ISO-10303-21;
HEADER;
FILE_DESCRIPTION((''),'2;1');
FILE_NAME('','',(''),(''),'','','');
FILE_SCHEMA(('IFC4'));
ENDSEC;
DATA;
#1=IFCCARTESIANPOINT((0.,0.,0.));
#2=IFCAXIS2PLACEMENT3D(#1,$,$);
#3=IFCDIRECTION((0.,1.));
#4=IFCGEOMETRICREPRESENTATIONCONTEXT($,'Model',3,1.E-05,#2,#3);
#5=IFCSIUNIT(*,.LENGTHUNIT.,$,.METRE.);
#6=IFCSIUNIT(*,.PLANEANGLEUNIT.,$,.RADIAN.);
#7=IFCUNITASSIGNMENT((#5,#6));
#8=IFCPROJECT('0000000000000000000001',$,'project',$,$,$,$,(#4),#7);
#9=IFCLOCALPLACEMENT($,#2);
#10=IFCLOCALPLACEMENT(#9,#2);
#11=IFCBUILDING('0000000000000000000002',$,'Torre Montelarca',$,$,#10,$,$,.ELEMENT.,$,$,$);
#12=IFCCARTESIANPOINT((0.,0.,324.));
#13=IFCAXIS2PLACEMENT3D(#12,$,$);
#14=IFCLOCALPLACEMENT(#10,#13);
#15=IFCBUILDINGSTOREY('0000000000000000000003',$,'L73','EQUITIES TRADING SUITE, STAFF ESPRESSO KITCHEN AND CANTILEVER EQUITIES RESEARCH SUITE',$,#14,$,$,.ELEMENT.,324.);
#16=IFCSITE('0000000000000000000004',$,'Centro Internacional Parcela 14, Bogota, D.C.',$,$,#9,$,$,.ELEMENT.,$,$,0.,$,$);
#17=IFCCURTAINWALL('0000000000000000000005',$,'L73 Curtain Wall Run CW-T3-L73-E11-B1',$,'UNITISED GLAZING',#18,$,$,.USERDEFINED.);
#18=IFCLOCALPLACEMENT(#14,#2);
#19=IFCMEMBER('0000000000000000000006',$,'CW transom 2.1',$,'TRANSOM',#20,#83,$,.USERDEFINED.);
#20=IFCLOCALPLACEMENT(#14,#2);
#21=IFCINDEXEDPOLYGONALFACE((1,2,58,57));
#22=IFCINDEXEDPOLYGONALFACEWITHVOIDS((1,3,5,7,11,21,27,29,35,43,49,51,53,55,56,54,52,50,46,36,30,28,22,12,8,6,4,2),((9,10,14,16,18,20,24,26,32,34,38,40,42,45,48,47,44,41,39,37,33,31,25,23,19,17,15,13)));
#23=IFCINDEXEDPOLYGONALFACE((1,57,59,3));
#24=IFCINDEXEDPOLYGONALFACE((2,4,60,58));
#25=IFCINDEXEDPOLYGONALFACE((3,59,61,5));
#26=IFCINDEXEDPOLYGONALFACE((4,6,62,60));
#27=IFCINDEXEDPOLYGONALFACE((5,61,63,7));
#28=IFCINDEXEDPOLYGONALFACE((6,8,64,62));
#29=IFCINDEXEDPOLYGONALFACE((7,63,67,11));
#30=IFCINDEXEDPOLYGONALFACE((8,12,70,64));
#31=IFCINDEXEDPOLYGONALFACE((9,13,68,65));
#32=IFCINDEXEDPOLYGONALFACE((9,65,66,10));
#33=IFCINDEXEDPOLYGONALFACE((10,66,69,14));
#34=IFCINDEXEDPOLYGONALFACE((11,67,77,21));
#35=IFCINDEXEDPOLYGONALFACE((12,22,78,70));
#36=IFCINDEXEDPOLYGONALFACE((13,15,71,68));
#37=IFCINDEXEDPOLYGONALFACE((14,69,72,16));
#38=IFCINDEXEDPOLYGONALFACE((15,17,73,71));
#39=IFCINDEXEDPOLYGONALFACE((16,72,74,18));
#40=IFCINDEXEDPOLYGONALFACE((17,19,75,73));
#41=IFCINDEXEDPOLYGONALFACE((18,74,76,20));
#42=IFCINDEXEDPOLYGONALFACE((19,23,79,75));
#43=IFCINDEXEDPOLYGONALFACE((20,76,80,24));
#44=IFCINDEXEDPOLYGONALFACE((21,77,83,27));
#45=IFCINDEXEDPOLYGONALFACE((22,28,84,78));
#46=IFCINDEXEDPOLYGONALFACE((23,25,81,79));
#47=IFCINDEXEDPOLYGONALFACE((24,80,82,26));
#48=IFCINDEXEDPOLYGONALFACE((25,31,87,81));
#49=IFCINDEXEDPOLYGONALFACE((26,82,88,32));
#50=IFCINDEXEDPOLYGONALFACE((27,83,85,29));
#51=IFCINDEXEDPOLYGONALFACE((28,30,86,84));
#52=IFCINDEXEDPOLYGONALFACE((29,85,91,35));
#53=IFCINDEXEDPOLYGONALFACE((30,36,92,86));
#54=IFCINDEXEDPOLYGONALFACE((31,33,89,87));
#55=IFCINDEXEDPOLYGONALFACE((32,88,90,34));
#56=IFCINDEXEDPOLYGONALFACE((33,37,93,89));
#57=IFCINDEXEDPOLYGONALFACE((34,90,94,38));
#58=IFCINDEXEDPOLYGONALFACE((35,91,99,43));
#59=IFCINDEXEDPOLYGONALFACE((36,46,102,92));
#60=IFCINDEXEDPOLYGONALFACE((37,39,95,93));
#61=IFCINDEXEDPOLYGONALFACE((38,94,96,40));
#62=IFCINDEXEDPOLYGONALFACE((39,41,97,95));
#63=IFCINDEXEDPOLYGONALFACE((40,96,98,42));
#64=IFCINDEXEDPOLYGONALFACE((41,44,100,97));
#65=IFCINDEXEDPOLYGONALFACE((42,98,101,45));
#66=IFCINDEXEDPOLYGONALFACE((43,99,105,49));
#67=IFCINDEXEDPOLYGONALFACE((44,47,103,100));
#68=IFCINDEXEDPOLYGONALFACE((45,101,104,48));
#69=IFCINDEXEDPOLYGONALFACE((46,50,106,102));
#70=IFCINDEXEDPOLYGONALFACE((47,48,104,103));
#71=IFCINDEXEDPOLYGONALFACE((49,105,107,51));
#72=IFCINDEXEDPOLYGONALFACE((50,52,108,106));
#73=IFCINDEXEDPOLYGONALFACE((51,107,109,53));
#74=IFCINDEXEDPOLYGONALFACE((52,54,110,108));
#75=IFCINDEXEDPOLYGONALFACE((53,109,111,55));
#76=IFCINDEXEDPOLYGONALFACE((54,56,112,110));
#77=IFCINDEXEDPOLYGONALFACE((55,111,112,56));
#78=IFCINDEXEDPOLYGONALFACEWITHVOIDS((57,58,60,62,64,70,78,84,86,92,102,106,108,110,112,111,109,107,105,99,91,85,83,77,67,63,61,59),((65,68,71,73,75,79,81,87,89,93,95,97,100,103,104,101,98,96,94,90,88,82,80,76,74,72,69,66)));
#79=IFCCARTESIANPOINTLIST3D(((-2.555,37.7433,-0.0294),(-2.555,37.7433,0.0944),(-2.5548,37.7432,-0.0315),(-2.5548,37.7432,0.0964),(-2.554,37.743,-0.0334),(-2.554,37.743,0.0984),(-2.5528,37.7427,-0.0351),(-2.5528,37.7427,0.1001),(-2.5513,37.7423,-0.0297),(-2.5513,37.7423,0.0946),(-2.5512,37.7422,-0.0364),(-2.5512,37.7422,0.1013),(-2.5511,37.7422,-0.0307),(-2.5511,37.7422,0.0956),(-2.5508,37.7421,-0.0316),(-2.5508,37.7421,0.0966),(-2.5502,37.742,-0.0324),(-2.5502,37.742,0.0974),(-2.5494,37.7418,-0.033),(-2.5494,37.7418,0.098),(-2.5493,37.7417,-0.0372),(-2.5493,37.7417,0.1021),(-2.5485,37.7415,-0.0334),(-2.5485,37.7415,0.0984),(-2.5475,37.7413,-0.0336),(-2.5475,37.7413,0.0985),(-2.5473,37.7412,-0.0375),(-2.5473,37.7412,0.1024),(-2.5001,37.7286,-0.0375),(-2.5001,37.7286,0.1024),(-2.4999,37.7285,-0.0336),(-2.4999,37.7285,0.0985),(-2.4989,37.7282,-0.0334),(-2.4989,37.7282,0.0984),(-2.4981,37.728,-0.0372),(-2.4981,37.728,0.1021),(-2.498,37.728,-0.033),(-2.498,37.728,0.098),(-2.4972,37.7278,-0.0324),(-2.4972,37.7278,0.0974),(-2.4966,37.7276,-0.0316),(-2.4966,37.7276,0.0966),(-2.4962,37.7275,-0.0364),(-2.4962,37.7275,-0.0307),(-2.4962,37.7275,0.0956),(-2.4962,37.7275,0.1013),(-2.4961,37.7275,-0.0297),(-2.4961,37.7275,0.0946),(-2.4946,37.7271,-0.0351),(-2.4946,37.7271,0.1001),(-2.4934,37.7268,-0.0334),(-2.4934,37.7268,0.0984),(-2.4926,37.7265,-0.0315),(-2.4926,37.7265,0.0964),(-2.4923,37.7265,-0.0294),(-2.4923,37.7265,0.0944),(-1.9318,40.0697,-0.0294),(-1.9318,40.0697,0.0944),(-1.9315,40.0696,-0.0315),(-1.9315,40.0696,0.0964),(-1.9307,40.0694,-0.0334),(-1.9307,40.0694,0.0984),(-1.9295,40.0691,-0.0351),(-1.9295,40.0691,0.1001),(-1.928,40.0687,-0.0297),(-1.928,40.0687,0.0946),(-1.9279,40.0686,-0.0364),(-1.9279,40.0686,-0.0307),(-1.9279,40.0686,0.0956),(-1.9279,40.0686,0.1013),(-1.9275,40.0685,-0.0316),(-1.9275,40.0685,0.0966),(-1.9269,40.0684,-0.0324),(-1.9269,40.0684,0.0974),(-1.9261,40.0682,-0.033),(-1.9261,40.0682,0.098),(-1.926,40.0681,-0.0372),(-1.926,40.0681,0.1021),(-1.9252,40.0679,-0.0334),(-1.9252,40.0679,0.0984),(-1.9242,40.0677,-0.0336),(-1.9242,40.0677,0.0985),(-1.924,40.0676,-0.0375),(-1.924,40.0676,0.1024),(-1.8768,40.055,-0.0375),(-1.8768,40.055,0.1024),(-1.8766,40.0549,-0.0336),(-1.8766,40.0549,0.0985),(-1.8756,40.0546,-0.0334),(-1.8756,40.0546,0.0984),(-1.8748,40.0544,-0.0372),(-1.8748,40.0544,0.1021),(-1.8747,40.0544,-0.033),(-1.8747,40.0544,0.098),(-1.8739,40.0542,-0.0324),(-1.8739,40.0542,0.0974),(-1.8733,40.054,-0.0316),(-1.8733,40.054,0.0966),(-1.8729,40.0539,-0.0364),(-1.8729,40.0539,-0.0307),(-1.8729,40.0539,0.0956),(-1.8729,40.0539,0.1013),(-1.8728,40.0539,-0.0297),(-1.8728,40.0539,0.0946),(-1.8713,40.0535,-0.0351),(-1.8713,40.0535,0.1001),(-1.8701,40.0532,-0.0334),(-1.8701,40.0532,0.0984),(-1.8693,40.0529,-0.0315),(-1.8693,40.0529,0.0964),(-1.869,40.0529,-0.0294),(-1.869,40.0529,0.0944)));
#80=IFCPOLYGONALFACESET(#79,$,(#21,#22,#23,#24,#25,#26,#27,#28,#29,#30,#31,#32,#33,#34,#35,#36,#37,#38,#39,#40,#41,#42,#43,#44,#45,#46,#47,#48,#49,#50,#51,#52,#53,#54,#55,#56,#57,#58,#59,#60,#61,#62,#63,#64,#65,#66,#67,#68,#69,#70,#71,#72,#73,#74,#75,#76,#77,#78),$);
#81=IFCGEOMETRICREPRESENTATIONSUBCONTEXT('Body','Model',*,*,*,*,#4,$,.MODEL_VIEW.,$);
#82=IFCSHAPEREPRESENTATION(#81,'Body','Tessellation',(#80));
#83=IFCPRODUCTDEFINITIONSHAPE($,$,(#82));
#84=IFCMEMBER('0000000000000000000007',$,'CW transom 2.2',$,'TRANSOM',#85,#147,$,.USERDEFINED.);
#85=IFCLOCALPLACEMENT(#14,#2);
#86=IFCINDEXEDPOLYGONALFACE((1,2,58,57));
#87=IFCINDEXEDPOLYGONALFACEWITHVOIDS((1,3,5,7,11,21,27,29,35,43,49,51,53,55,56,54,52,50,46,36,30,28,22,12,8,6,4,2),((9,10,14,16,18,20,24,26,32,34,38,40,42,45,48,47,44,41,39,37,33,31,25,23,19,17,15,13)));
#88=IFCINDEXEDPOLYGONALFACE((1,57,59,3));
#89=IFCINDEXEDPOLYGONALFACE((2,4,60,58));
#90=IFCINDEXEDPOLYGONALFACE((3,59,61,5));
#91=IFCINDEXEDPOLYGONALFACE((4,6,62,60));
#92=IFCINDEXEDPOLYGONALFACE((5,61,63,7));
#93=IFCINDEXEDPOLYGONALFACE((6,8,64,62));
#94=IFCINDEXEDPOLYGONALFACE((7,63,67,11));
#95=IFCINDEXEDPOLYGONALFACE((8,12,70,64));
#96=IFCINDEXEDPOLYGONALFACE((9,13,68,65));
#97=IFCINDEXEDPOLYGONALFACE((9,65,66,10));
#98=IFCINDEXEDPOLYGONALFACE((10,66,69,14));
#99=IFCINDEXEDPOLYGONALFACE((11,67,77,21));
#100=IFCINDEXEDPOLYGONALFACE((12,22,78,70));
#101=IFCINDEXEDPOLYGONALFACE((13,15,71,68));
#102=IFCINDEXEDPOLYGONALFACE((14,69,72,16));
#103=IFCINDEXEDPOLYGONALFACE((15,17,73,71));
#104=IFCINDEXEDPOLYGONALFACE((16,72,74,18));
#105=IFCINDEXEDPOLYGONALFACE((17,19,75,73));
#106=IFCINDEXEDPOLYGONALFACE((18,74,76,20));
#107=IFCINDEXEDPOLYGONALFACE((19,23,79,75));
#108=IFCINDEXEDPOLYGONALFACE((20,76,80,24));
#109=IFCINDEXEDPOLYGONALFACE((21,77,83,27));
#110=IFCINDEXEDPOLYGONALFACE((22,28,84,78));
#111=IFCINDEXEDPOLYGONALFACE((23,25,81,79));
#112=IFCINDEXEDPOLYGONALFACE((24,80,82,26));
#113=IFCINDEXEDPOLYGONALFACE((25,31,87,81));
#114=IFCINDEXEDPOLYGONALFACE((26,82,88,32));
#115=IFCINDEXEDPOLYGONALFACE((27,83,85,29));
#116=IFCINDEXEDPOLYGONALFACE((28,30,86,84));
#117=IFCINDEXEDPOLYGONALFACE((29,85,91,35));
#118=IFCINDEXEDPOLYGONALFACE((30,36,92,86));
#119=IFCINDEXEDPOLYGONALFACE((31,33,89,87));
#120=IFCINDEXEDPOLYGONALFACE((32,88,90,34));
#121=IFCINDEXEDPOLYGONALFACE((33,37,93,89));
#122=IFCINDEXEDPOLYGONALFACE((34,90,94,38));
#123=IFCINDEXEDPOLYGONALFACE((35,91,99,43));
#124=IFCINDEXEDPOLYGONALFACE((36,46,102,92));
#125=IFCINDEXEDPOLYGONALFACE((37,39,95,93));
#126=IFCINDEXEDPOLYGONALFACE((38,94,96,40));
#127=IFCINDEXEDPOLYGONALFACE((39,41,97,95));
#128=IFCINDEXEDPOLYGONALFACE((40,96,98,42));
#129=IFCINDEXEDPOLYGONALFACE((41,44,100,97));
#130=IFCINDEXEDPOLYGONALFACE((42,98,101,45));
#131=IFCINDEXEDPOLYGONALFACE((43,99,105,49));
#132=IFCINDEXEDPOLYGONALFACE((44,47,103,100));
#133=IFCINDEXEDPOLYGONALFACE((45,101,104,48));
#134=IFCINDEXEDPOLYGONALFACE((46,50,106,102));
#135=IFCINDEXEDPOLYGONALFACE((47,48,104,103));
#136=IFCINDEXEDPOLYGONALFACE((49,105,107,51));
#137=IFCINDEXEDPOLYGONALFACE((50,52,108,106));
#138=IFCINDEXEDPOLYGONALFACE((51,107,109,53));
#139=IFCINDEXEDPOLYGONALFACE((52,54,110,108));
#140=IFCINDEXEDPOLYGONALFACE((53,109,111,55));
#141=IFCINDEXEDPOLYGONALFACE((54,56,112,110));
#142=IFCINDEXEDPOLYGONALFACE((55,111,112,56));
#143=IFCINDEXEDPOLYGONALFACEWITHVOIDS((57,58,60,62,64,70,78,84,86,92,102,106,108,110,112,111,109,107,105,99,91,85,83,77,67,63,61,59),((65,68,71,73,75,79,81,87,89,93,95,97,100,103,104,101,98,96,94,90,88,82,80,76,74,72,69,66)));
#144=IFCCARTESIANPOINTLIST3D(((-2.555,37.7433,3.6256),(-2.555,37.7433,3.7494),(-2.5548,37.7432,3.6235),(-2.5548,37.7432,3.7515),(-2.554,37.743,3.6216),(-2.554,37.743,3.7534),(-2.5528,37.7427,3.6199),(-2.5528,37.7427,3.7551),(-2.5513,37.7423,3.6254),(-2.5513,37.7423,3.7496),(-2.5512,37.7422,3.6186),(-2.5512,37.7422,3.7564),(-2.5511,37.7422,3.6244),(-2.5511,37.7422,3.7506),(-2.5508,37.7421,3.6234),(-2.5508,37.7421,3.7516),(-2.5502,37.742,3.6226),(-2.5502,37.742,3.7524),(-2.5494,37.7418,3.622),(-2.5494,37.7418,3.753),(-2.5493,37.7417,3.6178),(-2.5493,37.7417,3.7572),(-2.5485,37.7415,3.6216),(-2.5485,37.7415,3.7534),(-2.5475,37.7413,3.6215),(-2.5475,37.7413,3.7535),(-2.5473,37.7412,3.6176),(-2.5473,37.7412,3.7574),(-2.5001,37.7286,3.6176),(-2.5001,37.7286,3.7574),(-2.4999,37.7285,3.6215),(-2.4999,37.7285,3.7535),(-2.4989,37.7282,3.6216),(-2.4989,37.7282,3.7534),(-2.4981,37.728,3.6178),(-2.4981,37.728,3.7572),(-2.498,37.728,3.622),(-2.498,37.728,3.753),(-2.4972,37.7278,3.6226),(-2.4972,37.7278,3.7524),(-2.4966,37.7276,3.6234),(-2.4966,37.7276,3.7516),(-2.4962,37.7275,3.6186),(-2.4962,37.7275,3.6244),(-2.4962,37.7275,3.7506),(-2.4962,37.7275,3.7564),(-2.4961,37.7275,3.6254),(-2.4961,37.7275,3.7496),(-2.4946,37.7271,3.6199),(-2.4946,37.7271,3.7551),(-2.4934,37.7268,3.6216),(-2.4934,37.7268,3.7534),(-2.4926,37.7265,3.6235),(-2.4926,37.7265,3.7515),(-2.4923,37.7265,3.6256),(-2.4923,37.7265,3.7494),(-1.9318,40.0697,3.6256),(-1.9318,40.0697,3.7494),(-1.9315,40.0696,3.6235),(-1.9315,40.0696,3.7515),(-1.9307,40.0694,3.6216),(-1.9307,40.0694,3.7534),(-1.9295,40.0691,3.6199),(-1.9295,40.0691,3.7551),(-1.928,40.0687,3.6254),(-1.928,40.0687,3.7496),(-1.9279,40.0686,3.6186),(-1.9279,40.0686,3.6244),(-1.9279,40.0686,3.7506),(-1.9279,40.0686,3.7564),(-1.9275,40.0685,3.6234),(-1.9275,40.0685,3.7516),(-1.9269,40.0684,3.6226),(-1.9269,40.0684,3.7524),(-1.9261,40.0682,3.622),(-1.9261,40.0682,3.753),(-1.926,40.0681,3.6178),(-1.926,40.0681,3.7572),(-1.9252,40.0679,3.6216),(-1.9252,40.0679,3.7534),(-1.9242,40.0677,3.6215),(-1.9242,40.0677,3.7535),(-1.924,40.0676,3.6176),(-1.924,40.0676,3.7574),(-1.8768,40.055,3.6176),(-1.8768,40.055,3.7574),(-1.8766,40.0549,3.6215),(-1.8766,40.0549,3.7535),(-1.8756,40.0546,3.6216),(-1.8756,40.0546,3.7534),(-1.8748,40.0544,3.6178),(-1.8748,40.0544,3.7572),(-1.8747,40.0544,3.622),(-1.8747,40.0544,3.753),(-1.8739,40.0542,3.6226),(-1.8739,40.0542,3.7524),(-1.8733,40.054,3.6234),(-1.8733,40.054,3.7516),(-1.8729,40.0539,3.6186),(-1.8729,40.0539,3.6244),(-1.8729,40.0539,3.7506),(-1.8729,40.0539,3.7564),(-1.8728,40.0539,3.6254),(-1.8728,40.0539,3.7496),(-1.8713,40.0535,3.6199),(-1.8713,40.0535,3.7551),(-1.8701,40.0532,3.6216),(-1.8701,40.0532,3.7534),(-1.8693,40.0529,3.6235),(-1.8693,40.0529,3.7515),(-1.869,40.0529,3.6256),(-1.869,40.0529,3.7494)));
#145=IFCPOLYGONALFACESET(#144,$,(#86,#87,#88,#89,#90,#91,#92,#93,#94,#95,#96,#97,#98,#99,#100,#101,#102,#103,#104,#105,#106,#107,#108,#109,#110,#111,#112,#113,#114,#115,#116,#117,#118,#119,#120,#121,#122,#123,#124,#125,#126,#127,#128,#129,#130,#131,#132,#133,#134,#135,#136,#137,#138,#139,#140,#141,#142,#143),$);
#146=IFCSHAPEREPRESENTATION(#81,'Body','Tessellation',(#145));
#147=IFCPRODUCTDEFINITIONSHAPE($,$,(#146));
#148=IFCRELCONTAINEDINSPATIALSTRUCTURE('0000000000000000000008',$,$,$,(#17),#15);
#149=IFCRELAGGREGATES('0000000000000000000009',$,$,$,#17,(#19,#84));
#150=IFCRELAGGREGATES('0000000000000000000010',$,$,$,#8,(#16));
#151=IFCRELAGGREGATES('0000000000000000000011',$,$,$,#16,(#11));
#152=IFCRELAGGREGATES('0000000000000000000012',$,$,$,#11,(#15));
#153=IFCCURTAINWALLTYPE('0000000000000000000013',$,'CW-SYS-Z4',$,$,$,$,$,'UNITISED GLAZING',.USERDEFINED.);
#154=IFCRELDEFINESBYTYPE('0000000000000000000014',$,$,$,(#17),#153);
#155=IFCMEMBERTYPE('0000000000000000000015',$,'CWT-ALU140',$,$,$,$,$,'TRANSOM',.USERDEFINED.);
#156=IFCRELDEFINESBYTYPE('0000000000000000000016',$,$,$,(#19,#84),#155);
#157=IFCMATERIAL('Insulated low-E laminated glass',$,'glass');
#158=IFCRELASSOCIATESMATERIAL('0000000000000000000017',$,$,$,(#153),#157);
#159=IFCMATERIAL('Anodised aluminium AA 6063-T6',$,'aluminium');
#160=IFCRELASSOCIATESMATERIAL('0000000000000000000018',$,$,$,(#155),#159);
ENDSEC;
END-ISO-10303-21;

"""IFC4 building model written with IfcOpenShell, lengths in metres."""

from ifc_helpers import new_model, si_unit, direction, frame, origin, origin_2d, place, context, subcontext, project, spatial, hollow_rectangle, extrude, source, transform, mapped, material, material_profile, profile_set, type_object, element, aggregate, save


model = new_model("IFC4")

# Units and contexts
model_context = context("Model", 3, precision=1e-05, world=origin(), true_north=direction((0.0, 1.0)))
body_context = subcontext(model_context, "Body", "Model", "MODEL_VIEW")
ifc_project = project(units=[si_unit("LENGTHUNIT", "METRE"), si_unit("PLANEANGLEUNIT", "RADIAN")], contexts=[model_context])

# Site, building, storey
site_placement = place(None, origin())
site = spatial("IfcSite", under=ifc_project, at=site_placement, Name="Centro Internacional Parcela 14, Bogota, D.C.", CompositionType="ELEMENT", RefElevation=0.0)
building_placement = place(site_placement, origin())
building = spatial("IfcBuilding", under=site, at=building_placement, Name="Torre Montelarca", CompositionType="ELEMENT")
storey_placement = place(building_placement, frame((0.0, 0.0, 324.0)))
storey = spatial("IfcBuildingStorey", under=building, at=storey_placement, Name="L73", Description="EQUITIES TRADING SUITE, STAFF ESPRESSO KITCHEN AND CANTILEVER EQUITIES RESEARCH SUITE", CompositionType="ELEMENT", Elevation=324.0)

# Curtain wall, members
ifc_material_1 = material(Name="Insulated low-E laminated glass", Category="glass")
curtain_wall_type = type_object("IfcCurtainWallType", Name="CW-SYS-Z4", ElementType="UNITISED GLAZING", PredefinedType="USERDEFINED", material=ifc_material_1)
ifc_material_2 = material(Name="Anodised aluminium AA 6063-T6", Category="aluminium")
curtain_wall_1_placement = place(storey_placement, origin())
curtain_wall_1 = element("IfcCurtainWall", 1, at=curtain_wall_1_placement, inside=storey, type_object=curtain_wall_type, Name="L73 Curtain Wall Run CW-T3-L73-E11-B1", ObjectType="UNITISED GLAZING", PredefinedType="USERDEFINED")
ifc_material_profile_1 = material_profile(ifc_material_2, hollow_rectangle(XDim=0.0649, YDim=0.1399, WallThickness=0.0039, InnerFilletRadius=0.0039, OuterFilletRadius=0.0081, at=origin_2d()), Name="ALU65X140X4", Category="aluminium")
ifc_profile_set_1 = profile_set([ifc_material_profile_1], Name="Anodised aluminium AA 6063-T6")
member_type_1 = type_object("IfcMemberType", Name="CWT-ALU140", ElementType="TRANSOM", PredefinedType="USERDEFINED", material=ifc_profile_set_1)
shared_shape_1 = source(origin(), body_context, "Body", "SweptSolid", [
    extrude(hollow_rectangle(XDim=0.0649, YDim=0.1399, WallThickness=0.0039, InnerFilletRadius=0.0039, OuterFilletRadius=0.0081, at=origin_2d()), origin(), (0.0, 0.0, 1.0), 2.4084),
])
member_1_placement = place(storey_placement, frame((-1.9004, 40.0613, 0.0325), z_axis=(-0.258792, -0.965933, 0.0), x_axis=(0.965933, -0.258792, 0.0)))
member_1 = element("IfcMember", 2, at=member_1_placement, type_object=member_type_1, Name="CW transom 2.1", ObjectType="TRANSOM", PredefinedType="USERDEFINED", context=body_context, shape_type="MappedRepresentation", body=[
    mapped(shared_shape_1, transform((0.0, 0.0, 0.0), scale=1.0)),
])
member_2_placement = place(storey_placement, frame((-1.9004, 40.0613, 3.6875), z_axis=(-0.258792, -0.965933, 0.0), x_axis=(0.965933, -0.258792, 0.0)))
member_2 = element("IfcMember", 3, at=member_2_placement, type_object=member_type_1, Name="CW transom 2.2", ObjectType="TRANSOM", PredefinedType="USERDEFINED", context=body_context, shape_type="MappedRepresentation", body=[
    mapped(shared_shape_1, transform((0.0, 0.0, 0.0), scale=1.0)),
])

aggregate(curtain_wall_1, [member_1, member_2])

save(model, "model.ifc")
